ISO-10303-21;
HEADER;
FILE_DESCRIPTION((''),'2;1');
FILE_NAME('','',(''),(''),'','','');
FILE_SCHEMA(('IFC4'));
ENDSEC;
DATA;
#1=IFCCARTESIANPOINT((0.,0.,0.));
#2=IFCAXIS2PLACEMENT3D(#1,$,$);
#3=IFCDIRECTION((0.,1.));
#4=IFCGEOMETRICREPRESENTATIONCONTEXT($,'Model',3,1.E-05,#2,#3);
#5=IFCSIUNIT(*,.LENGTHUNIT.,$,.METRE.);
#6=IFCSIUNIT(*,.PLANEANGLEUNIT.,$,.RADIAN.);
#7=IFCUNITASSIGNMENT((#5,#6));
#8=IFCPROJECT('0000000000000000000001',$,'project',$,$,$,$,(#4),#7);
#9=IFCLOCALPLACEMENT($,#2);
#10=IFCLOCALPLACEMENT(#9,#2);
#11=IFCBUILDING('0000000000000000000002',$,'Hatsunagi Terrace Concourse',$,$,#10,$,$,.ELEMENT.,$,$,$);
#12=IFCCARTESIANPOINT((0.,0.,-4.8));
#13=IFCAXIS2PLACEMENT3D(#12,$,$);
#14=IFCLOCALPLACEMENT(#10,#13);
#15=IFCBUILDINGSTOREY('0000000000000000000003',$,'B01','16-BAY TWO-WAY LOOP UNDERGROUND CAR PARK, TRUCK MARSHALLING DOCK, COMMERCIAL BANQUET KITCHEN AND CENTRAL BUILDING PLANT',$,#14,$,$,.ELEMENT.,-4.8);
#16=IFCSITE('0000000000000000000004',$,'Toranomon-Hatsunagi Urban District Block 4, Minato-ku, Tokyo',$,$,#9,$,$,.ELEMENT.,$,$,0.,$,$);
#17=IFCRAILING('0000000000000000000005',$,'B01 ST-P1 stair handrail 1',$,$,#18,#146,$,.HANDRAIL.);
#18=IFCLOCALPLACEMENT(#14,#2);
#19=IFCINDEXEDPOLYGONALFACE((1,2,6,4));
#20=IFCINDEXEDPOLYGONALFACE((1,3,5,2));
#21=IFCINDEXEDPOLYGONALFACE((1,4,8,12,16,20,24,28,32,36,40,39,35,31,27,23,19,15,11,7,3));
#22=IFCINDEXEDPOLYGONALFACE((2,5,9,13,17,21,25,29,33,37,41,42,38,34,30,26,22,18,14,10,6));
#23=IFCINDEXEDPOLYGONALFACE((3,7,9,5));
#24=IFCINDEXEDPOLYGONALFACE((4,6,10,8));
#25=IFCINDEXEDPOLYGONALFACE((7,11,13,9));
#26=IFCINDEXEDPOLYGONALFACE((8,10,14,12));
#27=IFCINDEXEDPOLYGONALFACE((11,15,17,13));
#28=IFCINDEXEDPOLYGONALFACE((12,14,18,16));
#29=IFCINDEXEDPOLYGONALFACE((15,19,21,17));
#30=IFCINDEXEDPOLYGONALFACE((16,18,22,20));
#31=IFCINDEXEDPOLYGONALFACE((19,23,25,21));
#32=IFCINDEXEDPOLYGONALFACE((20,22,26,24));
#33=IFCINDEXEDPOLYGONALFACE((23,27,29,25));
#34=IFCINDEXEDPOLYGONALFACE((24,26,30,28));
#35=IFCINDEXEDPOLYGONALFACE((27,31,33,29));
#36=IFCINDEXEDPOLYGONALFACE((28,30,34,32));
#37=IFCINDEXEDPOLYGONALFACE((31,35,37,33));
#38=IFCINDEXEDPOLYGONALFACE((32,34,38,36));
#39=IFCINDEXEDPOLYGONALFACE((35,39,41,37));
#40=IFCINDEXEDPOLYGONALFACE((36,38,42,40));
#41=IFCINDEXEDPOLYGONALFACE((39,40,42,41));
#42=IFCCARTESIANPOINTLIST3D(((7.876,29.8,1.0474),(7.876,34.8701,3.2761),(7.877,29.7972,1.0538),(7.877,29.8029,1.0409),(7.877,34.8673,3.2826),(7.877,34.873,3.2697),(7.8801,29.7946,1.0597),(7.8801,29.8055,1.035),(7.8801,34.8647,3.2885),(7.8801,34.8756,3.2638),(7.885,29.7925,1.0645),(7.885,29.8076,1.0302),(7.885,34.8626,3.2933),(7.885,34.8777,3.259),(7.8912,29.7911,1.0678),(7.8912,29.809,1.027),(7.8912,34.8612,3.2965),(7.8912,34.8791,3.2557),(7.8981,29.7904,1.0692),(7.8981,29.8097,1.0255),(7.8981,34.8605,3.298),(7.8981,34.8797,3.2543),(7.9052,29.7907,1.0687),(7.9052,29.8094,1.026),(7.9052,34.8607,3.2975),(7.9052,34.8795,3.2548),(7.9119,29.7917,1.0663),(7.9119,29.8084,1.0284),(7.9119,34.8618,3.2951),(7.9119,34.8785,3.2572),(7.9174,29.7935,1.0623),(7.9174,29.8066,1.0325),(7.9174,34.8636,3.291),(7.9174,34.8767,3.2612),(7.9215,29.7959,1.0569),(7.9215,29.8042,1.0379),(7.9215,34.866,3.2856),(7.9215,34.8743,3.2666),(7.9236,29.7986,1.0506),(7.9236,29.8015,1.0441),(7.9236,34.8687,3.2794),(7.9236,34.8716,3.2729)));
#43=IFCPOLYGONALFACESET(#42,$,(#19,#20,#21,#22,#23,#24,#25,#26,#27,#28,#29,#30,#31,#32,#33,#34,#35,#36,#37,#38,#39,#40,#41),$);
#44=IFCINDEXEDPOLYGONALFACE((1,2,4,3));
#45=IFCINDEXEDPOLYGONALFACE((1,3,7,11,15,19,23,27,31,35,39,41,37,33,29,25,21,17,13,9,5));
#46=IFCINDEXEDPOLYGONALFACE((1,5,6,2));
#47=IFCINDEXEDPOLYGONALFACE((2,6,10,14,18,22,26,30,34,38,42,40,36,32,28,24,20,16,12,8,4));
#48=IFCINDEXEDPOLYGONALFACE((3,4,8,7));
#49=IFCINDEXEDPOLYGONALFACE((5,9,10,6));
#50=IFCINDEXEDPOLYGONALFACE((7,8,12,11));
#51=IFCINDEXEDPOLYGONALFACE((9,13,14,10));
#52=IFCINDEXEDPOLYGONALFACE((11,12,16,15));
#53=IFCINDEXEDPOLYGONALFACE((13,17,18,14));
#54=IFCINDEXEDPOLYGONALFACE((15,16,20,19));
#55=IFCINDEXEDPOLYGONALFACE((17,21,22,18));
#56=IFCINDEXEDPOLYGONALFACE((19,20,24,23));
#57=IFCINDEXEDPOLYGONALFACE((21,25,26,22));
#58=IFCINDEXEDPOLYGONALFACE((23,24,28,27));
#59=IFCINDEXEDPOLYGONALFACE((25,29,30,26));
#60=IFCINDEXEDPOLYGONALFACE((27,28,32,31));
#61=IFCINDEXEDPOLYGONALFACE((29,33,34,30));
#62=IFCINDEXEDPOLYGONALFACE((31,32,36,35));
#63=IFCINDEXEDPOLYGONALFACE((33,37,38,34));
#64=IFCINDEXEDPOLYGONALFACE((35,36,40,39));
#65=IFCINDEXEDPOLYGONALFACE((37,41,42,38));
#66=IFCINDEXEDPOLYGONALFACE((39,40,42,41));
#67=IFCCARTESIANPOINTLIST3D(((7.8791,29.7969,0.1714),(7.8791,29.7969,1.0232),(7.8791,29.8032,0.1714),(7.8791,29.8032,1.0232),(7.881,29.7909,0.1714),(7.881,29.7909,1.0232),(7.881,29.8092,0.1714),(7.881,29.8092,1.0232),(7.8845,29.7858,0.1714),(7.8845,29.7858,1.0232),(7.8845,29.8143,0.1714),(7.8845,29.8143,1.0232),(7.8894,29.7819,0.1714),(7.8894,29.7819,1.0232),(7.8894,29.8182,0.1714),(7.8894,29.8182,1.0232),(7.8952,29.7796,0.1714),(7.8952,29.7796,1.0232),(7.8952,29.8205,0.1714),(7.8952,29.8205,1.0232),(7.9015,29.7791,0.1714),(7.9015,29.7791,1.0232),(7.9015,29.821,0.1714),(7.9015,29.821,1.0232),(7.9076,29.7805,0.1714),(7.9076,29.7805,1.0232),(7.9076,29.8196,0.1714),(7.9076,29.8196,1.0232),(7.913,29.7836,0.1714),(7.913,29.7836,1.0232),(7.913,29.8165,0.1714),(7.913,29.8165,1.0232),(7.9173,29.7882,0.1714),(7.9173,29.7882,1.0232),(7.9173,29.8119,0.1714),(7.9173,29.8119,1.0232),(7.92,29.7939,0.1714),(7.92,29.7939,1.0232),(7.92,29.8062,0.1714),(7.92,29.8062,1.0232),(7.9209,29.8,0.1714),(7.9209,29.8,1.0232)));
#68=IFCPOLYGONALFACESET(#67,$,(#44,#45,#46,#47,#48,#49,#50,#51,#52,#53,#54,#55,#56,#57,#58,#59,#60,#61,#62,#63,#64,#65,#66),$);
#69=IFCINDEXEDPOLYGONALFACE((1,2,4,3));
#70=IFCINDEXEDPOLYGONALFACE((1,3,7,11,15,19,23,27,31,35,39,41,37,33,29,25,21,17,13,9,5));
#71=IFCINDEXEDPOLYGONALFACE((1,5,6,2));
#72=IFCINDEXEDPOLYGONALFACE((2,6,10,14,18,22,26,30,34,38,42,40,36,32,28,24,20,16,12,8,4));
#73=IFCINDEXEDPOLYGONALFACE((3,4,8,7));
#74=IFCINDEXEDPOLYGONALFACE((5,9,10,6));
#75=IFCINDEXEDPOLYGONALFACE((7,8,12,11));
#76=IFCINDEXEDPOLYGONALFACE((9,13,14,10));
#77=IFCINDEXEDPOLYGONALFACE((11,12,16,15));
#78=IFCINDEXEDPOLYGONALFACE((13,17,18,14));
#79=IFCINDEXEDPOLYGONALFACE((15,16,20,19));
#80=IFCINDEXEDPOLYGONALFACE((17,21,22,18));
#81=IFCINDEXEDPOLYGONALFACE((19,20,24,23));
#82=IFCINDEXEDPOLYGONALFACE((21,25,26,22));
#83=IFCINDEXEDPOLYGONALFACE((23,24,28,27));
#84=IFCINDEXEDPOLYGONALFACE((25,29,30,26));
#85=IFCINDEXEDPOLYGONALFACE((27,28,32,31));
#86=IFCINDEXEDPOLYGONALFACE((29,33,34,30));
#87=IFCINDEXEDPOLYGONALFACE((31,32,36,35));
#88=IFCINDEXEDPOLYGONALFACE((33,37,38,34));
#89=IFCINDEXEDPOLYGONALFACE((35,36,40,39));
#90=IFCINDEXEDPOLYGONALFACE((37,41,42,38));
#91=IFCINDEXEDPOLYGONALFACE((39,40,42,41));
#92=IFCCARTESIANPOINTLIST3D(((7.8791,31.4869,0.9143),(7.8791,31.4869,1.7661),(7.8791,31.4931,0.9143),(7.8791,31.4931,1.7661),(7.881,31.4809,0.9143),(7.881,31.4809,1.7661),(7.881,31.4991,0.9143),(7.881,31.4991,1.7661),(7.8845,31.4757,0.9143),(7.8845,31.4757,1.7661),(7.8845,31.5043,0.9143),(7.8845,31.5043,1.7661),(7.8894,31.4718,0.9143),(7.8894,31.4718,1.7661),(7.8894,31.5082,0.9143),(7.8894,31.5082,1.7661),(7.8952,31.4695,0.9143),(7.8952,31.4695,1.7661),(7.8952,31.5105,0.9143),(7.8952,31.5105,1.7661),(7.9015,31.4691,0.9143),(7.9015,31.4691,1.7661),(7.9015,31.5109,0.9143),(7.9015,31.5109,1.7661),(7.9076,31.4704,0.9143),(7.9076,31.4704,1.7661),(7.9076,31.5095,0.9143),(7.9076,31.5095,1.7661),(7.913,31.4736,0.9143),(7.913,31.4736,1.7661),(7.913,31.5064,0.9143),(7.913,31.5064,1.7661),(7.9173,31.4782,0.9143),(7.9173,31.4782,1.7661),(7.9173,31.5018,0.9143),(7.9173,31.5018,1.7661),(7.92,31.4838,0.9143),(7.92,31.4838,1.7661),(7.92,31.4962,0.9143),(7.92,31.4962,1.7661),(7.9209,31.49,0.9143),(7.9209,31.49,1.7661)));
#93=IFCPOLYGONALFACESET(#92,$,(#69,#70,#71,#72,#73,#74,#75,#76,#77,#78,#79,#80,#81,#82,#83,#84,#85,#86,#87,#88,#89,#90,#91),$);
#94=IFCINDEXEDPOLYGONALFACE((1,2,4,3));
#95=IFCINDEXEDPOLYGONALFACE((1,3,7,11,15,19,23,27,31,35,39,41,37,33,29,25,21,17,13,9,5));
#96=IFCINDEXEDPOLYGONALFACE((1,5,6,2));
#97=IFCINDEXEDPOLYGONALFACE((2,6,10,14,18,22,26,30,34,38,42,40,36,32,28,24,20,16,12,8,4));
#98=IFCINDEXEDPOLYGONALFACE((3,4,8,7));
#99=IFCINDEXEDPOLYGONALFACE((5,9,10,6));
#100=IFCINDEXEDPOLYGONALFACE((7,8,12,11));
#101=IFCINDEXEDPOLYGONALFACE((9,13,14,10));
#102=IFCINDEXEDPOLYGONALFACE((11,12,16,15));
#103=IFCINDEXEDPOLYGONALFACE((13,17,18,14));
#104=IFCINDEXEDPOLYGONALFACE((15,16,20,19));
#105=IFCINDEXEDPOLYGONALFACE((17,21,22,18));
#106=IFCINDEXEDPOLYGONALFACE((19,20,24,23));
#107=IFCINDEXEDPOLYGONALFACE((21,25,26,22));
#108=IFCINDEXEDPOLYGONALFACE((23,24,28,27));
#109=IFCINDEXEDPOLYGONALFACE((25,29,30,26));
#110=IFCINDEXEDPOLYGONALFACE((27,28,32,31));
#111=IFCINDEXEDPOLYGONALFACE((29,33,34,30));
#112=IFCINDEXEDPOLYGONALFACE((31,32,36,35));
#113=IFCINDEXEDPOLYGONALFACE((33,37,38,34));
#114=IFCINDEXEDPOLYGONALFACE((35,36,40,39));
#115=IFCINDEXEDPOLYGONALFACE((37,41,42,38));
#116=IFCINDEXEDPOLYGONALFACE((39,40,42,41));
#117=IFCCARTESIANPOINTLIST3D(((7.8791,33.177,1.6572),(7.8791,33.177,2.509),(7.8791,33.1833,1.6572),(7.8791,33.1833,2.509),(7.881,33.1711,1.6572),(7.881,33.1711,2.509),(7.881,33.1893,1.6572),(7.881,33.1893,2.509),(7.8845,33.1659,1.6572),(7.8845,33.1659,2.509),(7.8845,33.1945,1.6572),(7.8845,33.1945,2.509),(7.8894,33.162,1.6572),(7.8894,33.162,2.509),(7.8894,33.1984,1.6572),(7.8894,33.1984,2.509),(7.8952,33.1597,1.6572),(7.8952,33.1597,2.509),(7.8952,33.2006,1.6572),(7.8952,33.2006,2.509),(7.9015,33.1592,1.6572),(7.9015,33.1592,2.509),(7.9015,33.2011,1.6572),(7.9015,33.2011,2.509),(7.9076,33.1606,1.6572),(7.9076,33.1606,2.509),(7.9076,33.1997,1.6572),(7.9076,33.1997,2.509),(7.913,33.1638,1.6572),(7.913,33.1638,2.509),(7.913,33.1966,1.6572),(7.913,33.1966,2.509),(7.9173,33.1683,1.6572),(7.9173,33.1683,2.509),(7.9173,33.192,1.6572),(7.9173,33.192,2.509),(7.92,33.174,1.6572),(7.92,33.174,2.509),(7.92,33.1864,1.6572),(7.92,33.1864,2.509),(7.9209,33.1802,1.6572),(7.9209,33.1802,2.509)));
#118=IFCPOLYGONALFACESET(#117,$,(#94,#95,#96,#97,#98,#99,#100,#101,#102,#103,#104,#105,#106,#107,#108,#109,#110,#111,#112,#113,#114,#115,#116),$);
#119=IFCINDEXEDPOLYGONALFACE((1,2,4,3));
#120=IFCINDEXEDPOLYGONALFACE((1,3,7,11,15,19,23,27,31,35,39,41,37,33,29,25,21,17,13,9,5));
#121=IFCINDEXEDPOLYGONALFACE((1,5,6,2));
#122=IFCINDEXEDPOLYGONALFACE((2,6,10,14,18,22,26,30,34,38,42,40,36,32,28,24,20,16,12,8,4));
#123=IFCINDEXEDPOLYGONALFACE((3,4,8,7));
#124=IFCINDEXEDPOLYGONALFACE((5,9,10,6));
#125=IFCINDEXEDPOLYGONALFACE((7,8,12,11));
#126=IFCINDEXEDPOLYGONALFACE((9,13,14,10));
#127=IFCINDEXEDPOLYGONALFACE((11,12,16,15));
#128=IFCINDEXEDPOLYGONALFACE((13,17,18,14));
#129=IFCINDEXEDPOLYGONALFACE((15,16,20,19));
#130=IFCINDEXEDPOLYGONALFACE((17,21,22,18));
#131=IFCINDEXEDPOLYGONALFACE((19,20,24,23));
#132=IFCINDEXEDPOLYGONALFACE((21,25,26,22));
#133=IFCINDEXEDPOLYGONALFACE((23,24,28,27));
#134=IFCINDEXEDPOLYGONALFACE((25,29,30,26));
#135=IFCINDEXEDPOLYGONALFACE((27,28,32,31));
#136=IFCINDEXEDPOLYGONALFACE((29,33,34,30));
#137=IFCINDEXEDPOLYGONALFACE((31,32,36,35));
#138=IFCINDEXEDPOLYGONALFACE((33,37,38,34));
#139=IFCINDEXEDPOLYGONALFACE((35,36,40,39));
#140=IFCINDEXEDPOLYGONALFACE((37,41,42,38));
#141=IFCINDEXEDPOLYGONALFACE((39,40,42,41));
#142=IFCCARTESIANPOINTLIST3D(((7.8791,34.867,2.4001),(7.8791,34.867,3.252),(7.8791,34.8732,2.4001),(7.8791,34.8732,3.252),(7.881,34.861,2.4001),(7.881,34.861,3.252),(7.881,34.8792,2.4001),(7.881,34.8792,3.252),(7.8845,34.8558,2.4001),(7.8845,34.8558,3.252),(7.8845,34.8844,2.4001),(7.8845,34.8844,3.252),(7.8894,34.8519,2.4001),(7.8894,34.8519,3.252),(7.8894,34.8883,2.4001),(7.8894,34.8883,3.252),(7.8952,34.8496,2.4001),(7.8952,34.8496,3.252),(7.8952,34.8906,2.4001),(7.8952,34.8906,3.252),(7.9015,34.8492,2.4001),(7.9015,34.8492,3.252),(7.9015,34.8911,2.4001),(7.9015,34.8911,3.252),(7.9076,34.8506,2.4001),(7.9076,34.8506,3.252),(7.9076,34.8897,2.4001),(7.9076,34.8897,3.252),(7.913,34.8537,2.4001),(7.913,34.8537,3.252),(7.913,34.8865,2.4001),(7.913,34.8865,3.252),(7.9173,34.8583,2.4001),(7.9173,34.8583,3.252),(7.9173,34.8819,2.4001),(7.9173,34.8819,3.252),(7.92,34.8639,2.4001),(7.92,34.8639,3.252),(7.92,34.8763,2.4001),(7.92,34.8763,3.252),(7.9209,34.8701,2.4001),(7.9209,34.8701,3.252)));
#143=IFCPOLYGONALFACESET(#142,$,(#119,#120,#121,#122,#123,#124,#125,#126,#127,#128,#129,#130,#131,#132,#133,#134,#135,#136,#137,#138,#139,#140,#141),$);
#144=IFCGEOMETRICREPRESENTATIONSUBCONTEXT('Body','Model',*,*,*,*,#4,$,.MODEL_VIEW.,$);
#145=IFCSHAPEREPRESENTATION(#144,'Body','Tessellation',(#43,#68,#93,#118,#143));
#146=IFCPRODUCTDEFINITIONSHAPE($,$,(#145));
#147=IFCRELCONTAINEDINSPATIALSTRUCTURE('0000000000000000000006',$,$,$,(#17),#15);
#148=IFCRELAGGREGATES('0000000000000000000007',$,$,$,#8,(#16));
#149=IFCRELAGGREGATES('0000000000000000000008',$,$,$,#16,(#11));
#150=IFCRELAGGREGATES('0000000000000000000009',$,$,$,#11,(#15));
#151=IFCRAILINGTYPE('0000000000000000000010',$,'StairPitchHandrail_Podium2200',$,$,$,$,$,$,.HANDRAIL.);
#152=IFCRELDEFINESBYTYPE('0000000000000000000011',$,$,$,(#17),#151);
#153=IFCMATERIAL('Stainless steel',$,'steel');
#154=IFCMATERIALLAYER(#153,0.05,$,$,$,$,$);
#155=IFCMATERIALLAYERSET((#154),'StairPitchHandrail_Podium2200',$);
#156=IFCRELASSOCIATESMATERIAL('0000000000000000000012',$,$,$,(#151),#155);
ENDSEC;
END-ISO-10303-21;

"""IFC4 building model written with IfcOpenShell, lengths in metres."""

from ifc_helpers import new_model, si_unit, direction, frame, origin, origin_2d, place, context, subcontext, project, spatial, circle, extrude, material, layer, layer_set, type_object, element, save


model = new_model("IFC4")

# Units and contexts
model_context = context("Model", 3, precision=1e-05, world=origin(), true_north=direction((0.0, 1.0)))
body_context = subcontext(model_context, "Body", "Model", "MODEL_VIEW")
ifc_project = project(units=[si_unit("LENGTHUNIT", "METRE"), si_unit("PLANEANGLEUNIT", "RADIAN")], contexts=[model_context])

# Site, building, storey
site_placement = place(None, origin())
site = spatial("IfcSite", under=ifc_project, at=site_placement, Name="Toranomon-Hatsunagi Urban District Block 4, Minato-ku, Tokyo", CompositionType="ELEMENT", RefElevation=0.0)
building_placement = place(site_placement, origin())
building = spatial("IfcBuilding", under=site, at=building_placement, Name="Hatsunagi Terrace Concourse", CompositionType="ELEMENT")
storey_placement = place(building_placement, frame((0.0, 0.0, -4.8)))
storey = spatial("IfcBuildingStorey", under=building, at=storey_placement, Name="B01", Description="16-BAY TWO-WAY LOOP UNDERGROUND CAR PARK, TRUCK MARSHALLING DOCK, COMMERCIAL BANQUET KITCHEN AND CENTRAL BUILDING PLANT", CompositionType="ELEMENT", Elevation=-4.8)

# Railing
ifc_material_1 = material(Name="Stainless steel", Category="steel")
ifc_layer_1 = layer(ifc_material_1, 0.05)
ifc_layer_set_1 = layer_set([ifc_layer_1], Name="StairPitchHandrail_Podium2200")
railing_type_1 = type_object("IfcRailingType", Name="StairPitchHandrail_Podium2200", PredefinedType="HANDRAIL", material=ifc_layer_set_1)
railing_1_placement = place(storey_placement, frame((7.8999, 29.8, 0.1714)))
element("IfcRailing", 1, at=railing_1_placement, inside=storey, type_object=railing_type_1, Name="B01 ST-P1 stair handrail 1", PredefinedType="HANDRAIL", context=body_context, shape_type="SweptSolid", body=[
    extrude(circle(Radius=0.0239, at=origin_2d()), frame((0.0, 0.0, 0.876), z_axis=(0.0, 0.915453, 0.402425), x_axis=(-1.0, 0.0, 0.0)), (0.0, 0.0, 1.0), 5.5383),
    extrude(circle(Radius=0.021, at=origin_2d()), origin(), (0.0, 0.0, 1.0), 0.8518),
    extrude(circle(Radius=0.021, at=origin_2d()), frame((0.0, 1.6899, 0.7429)), (0.0, 0.0, 1.0), 0.8518),
    extrude(circle(Radius=0.021, at=origin_2d()), frame((0.0, 3.3801, 1.4858)), (0.0, 0.0, 1.0), 0.8518),
    extrude(circle(Radius=0.021, at=origin_2d()), frame((0.0, 5.0701, 2.2288)), (0.0, 0.0, 1.0), 0.8518),
])

save(model, "model.ifc")
